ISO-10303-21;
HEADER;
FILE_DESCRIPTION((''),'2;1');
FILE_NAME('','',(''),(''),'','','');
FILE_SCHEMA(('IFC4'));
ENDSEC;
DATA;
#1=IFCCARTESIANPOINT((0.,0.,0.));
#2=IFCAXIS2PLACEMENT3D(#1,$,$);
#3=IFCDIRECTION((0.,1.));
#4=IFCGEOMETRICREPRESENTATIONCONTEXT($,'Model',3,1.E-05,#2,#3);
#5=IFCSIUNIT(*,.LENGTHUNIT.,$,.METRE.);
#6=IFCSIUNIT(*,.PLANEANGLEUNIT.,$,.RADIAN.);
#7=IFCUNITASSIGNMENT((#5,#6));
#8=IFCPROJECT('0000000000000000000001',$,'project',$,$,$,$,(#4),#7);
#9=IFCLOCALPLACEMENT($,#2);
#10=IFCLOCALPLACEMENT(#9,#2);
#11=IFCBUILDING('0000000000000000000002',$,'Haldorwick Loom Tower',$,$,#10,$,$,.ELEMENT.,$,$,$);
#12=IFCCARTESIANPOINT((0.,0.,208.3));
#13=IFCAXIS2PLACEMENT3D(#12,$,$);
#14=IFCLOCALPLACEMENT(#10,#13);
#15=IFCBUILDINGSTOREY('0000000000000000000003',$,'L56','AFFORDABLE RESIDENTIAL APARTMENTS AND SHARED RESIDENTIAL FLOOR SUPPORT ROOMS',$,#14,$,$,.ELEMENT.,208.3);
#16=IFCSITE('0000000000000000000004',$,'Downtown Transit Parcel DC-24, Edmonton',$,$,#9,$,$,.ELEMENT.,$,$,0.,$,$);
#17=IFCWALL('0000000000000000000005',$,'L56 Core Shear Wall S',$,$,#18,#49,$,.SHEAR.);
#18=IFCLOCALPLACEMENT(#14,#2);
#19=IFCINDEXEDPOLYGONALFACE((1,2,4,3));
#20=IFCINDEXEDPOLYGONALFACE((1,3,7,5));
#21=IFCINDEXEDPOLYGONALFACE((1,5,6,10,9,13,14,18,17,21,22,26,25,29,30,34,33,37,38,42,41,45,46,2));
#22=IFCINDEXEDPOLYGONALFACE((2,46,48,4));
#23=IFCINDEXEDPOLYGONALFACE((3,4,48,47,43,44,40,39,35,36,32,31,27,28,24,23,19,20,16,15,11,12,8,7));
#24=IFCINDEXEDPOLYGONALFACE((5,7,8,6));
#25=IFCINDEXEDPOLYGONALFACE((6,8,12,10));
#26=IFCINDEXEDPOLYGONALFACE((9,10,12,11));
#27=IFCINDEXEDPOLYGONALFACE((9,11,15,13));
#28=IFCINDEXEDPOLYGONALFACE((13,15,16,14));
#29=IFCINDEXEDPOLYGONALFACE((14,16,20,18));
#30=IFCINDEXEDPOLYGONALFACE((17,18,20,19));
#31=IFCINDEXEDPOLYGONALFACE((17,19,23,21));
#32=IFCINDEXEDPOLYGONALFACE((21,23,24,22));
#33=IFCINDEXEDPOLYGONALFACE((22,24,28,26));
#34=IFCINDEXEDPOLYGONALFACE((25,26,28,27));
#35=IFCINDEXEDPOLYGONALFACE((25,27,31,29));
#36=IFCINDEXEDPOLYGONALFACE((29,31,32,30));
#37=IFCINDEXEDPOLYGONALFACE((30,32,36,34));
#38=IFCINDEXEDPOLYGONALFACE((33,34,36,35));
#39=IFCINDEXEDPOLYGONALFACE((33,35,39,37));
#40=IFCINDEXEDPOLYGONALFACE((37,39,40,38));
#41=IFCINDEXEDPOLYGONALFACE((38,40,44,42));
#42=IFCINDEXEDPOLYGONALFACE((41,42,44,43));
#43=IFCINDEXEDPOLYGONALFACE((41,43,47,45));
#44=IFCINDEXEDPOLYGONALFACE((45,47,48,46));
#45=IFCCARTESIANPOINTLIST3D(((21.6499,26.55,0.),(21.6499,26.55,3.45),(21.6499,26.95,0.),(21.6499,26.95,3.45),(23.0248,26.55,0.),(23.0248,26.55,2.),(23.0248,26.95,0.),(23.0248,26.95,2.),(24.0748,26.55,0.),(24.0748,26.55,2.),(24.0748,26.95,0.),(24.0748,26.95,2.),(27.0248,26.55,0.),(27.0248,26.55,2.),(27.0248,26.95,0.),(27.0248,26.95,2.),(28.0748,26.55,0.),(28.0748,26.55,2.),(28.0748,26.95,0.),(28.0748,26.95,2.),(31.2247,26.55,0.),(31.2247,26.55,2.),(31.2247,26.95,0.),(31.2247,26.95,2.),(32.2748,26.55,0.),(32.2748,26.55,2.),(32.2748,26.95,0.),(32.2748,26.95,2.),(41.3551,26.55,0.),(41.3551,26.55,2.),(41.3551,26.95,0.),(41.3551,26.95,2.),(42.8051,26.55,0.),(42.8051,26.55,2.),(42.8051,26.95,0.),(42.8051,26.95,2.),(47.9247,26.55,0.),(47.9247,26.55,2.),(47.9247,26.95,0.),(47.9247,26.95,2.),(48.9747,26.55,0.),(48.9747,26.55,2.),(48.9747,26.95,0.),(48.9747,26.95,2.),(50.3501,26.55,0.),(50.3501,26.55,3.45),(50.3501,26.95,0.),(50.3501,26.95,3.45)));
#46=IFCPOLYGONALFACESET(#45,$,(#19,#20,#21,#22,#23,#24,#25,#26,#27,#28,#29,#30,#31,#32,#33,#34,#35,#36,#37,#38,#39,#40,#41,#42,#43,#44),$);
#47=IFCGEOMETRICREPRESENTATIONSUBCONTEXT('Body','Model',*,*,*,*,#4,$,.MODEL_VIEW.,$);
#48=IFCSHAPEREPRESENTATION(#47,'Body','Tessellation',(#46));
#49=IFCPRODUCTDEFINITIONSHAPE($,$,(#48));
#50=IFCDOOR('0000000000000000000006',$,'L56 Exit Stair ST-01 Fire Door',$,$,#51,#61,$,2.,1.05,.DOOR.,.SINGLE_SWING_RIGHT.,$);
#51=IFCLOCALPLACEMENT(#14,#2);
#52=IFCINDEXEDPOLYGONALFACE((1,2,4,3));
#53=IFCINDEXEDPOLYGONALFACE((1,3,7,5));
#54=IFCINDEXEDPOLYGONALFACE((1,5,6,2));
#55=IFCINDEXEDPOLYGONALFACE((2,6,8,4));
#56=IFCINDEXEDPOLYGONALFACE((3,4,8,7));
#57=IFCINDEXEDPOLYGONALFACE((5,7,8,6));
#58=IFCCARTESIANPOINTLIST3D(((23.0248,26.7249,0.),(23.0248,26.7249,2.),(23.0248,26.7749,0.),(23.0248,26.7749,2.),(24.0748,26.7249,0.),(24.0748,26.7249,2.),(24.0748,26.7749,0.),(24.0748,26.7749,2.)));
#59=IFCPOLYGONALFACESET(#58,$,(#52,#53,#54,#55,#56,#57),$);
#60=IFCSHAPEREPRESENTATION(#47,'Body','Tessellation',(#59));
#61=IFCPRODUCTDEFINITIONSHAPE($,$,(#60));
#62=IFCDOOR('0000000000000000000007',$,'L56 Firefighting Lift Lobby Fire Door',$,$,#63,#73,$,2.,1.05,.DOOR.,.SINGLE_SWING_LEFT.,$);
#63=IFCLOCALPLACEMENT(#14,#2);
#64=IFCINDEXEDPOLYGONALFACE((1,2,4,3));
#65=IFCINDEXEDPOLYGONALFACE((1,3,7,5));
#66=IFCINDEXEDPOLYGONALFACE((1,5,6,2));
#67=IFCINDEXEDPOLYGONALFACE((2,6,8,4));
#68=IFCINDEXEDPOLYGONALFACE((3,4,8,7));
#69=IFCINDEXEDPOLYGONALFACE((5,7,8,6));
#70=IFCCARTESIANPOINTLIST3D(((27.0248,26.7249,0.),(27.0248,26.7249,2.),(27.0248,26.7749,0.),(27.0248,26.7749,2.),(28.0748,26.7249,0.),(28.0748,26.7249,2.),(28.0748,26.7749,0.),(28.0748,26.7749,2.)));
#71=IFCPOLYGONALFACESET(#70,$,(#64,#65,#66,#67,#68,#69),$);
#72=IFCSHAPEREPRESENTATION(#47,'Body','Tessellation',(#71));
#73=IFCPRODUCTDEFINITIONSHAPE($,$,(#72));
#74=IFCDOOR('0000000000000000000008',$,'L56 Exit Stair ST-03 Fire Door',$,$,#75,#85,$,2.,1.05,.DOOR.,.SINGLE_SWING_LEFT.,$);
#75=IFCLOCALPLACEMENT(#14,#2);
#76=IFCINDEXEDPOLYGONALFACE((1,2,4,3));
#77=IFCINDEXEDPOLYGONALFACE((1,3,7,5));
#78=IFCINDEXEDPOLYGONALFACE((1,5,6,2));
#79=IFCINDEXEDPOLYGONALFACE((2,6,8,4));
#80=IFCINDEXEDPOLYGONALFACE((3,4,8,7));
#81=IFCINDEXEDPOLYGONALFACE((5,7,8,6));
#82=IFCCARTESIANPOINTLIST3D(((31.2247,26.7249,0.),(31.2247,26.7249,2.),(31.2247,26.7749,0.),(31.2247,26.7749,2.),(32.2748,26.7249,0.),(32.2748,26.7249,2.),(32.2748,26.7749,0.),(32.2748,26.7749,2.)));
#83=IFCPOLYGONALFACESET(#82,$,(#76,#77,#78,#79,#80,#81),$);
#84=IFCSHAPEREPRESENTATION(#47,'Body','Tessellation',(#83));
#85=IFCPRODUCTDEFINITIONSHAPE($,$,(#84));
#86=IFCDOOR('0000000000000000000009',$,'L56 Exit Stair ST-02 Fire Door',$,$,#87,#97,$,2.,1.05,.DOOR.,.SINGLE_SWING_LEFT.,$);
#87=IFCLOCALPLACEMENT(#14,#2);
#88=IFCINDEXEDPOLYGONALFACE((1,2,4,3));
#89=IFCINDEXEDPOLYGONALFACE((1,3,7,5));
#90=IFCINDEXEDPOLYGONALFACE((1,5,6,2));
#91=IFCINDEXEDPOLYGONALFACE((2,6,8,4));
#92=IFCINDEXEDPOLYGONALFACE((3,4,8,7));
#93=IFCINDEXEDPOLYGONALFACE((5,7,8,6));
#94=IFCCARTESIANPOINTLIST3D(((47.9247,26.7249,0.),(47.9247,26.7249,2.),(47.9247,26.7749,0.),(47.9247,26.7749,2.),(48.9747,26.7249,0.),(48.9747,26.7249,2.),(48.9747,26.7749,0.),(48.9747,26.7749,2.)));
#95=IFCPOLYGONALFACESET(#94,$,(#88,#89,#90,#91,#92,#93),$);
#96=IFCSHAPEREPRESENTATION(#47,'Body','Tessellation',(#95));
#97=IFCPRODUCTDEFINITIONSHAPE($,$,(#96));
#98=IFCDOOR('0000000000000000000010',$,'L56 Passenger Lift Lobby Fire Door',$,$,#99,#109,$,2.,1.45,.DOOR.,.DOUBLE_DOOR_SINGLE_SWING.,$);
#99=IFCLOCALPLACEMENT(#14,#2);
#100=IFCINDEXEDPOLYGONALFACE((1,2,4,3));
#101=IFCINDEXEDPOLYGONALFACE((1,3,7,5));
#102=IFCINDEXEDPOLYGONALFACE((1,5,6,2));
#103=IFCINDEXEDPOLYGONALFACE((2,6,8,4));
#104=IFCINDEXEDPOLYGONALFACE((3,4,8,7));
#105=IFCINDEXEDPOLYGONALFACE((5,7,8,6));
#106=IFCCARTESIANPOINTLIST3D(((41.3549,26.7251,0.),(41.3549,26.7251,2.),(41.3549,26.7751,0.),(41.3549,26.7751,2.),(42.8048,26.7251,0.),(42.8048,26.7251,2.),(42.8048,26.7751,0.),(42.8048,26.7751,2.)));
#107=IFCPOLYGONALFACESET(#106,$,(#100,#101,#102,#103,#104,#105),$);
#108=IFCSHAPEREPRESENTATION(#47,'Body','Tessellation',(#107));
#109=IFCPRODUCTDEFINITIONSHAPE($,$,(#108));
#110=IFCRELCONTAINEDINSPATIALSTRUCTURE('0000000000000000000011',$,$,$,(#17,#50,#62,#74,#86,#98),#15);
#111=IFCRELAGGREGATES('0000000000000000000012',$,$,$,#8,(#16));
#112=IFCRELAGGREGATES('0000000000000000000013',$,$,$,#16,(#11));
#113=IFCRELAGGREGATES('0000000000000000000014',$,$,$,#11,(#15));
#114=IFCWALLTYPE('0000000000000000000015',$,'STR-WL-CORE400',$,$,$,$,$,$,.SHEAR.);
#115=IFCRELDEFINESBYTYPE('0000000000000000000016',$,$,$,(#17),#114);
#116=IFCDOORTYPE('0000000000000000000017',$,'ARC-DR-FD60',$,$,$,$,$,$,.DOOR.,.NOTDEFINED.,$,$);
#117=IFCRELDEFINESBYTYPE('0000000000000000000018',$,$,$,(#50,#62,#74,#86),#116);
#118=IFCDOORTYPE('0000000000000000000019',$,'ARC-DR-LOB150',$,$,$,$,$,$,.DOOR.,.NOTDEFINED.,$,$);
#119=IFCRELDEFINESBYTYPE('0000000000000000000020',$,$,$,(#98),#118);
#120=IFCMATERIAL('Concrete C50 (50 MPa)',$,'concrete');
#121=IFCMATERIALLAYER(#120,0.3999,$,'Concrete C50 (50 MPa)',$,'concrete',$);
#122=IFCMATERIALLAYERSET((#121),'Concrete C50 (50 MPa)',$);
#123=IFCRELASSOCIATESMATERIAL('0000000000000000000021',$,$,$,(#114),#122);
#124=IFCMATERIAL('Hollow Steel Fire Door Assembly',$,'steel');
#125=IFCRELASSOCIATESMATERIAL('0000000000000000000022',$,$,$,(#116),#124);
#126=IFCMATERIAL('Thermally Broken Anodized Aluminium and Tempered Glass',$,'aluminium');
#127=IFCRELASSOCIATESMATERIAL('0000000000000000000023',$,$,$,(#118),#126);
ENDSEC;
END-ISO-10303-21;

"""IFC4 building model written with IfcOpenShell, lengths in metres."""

from ifc_helpers import new_model, si_unit, direction, frame, frame_2d, origin, place, context, subcontext, project, spatial, rectangle, extrude, material, layer, layer_set, type_object, element, fill, save


model = new_model("IFC4")

# Units and contexts
model_context = context("Model", 3, precision=1e-05, world=origin(), true_north=direction((0.0, 1.0)))
body_context = subcontext(model_context, "Body", "Model", "MODEL_VIEW")
ifc_project = project(units=[si_unit("LENGTHUNIT", "METRE"), si_unit("PLANEANGLEUNIT", "RADIAN")], contexts=[model_context])

# Site, building, storey
site_placement = place(None, origin())
site = spatial("IfcSite", under=ifc_project, at=site_placement, Name="Downtown Transit Parcel DC-24, Edmonton", CompositionType="ELEMENT", RefElevation=0.0)
building_placement = place(site_placement, origin())
building = spatial("IfcBuilding", under=site, at=building_placement, Name="Haldorwick Loom Tower", CompositionType="ELEMENT")
storey_placement = place(building_placement, frame((0.0, 0.0, 208.3)))
storey = spatial("IfcBuildingStorey", under=building, at=storey_placement, Name="L56", Description="AFFORDABLE RESIDENTIAL APARTMENTS AND SHARED RESIDENTIAL FLOOR SUPPORT ROOMS", CompositionType="ELEMENT", Elevation=208.3)

# Shared definitions
ifc_material_1 = material(Name="Concrete C50 (50 MPa)", Category="concrete")

# Shared definitions
ifc_material_2 = material(Name="Hollow Steel Fire Door Assembly", Category="steel")

# Wall, openings, doors
ifc_layer_1 = layer(ifc_material_1, 0.3999, Name="Concrete C50 (50 MPa)", Category="concrete")
ifc_layer_set_1 = layer_set([ifc_layer_1], Name="Concrete C50 (50 MPa)")
wall_type_1 = type_object("IfcWallType", Name="STR-WL-CORE400", PredefinedType="SHEAR", material=ifc_layer_set_1)
wall_1_placement = place(storey_placement, frame((21.6499, 26.75, 0.0), z_axis=(0.0, 0.0, 1.0), x_axis=(1.0, 0.0, 0.0)))
wall_1 = element("IfcWall", 1, at=wall_1_placement, inside=storey, type_object=wall_type_1, Name="L56 Core Shear Wall S", PredefinedType="SHEAR", context=body_context, shape_type="SweptSolid", body=[
    extrude(rectangle(XDim=28.7002, YDim=0.3999, at=frame_2d((14.3501, 0.0))), origin(), (0.0, 0.0, 1.0), 3.45),
])
opening_1_placement = place(wall_1_placement, frame((1.375, 0.0, 0.0)))
opening_1 = element("IfcOpeningElement", 2, at=opening_1_placement, cuts=wall_1, PredefinedType="OPENING", context=body_context, shape_type="SweptSolid", body=[
    extrude(rectangle(XDim=1.05, YDim=2.0, at=frame_2d((0.5249, 1.0))), frame((0.0, 0.21, 0.0), z_axis=(0.0, -1.0, 0.0), x_axis=(1.0, 0.0, 0.0)), (0.0, 0.0, 1.0), 0.4199),
])
opening_2_placement = place(wall_1_placement, frame((5.375, 0.0, 0.0)))
opening_2 = element("IfcOpeningElement", 3, at=opening_2_placement, cuts=wall_1, PredefinedType="OPENING", context=body_context, shape_type="SweptSolid", body=[
    extrude(rectangle(XDim=1.05, YDim=2.0, at=frame_2d((0.5249, 1.0))), frame((0.0, 0.21, 0.0), z_axis=(0.0, -1.0, 0.0), x_axis=(1.0, 0.0, 0.0)), (0.0, 0.0, 1.0), 0.4199),
])
opening_3_placement = place(wall_1_placement, frame((9.575, 0.0, 0.0)))
opening_3 = element("IfcOpeningElement", 4, at=opening_3_placement, cuts=wall_1, PredefinedType="OPENING", context=body_context, shape_type="SweptSolid", body=[
    extrude(rectangle(XDim=1.05, YDim=2.0, at=frame_2d((0.5249, 1.0))), frame((0.0, 0.21, 0.0), z_axis=(0.0, -1.0, 0.0), x_axis=(1.0, 0.0, 0.0)), (0.0, 0.0, 1.0), 0.4199),
])
opening_4_placement = place(wall_1_placement, frame((19.7051, 0.0, 0.0)))
opening_4 = element("IfcOpeningElement", 5, at=opening_4_placement, cuts=wall_1, PredefinedType="OPENING", context=body_context, shape_type="SweptSolid", body=[
    extrude(rectangle(XDim=1.45, YDim=2.0, at=frame_2d((0.7251, 1.0))), frame((0.0, 0.21, 0.0), z_axis=(0.0, -1.0, 0.0), x_axis=(1.0, 0.0, 0.0)), (0.0, 0.0, 1.0), 0.4199),
])
opening_5_placement = place(wall_1_placement, frame((26.2749, 0.0, 0.0)))
opening_5 = element("IfcOpeningElement", 6, at=opening_5_placement, cuts=wall_1, PredefinedType="OPENING", context=body_context, shape_type="SweptSolid", body=[
    extrude(rectangle(XDim=1.05, YDim=2.0, at=frame_2d((0.5249, 1.0))), frame((0.0, 0.21, 0.0), z_axis=(0.0, -1.0, 0.0), x_axis=(1.0, 0.0, 0.0)), (0.0, 0.0, 1.0), 0.4199),
])
door_type_1 = type_object("IfcDoorType", Name="ARC-DR-FD60", OperationType="NOTDEFINED", PredefinedType="DOOR", material=ifc_material_2)
door_1_placement = place(opening_1_placement, origin())
door_1 = element("IfcDoor", 7, at=door_1_placement, inside=storey, type_object=door_type_1, Name="L56 Exit Stair ST-01 Fire Door", OperationType="SINGLE_SWING_RIGHT", OverallHeight=2.0, OverallWidth=1.05, PredefinedType="DOOR", context=body_context, shape_type="SweptSolid", body=[
    extrude(rectangle(XDim=1.05, YDim=2.0, at=frame_2d((0.5249, 1.0))), frame((0.0, 0.0249, 0.0), z_axis=(0.0, -1.0, 0.0), x_axis=(1.0, 0.0, 0.0)), (0.0, 0.0, 1.0), 0.05),
])
fill(opening_1, door_1)
door_2_placement = place(opening_2_placement, origin())
door_2 = element("IfcDoor", 8, at=door_2_placement, inside=storey, type_object=door_type_1, Name="L56 Firefighting Lift Lobby Fire Door", OperationType="SINGLE_SWING_LEFT", OverallHeight=2.0, OverallWidth=1.05, PredefinedType="DOOR", context=body_context, shape_type="SweptSolid", body=[
    extrude(rectangle(XDim=1.05, YDim=2.0, at=frame_2d((0.5249, 1.0))), frame((0.0, 0.0249, 0.0), z_axis=(0.0, -1.0, 0.0), x_axis=(1.0, 0.0, 0.0)), (0.0, 0.0, 1.0), 0.05),
])
fill(opening_2, door_2)
door_3_placement = place(opening_3_placement, origin())
door_3 = element("IfcDoor", 9, at=door_3_placement, inside=storey, type_object=door_type_1, Name="L56 Exit Stair ST-03 Fire Door", OperationType="SINGLE_SWING_LEFT", OverallHeight=2.0, OverallWidth=1.05, PredefinedType="DOOR", context=body_context, shape_type="SweptSolid", body=[
    extrude(rectangle(XDim=1.05, YDim=2.0, at=frame_2d((0.5249, 1.0))), frame((0.0, 0.0249, 0.0), z_axis=(0.0, -1.0, 0.0), x_axis=(1.0, 0.0, 0.0)), (0.0, 0.0, 1.0), 0.05),
])
fill(opening_3, door_3)
door_4_placement = place(opening_5_placement, origin())
door_4 = element("IfcDoor", 10, at=door_4_placement, inside=storey, type_object=door_type_1, Name="L56 Exit Stair ST-02 Fire Door", OperationType="SINGLE_SWING_LEFT", OverallHeight=2.0, OverallWidth=1.05, PredefinedType="DOOR", context=body_context, shape_type="SweptSolid", body=[
    extrude(rectangle(XDim=1.05, YDim=2.0, at=frame_2d((0.5249, 1.0))), frame((0.0, 0.0249, 0.0), z_axis=(0.0, -1.0, 0.0), x_axis=(1.0, 0.0, 0.0)), (0.0, 0.0, 1.0), 0.05),
])
fill(opening_5, door_4)
ifc_material_3 = material(Name="Thermally Broken Anodized Aluminium and Tempered Glass", Category="aluminium")
door_type_2 = type_object("IfcDoorType", Name="ARC-DR-LOB150", OperationType="NOTDEFINED", PredefinedType="DOOR", material=ifc_material_3)
door_5_placement = place(opening_4_placement, frame((1.45, 0.0, 0.0), z_axis=(0.0, 0.0, 1.0), x_axis=(-1.0, 0.0, 0.0)))
door_5 = element("IfcDoor", 11, at=door_5_placement, inside=storey, type_object=door_type_2, Name="L56 Passenger Lift Lobby Fire Door", OperationType="DOUBLE_DOOR_SINGLE_SWING", OverallHeight=2.0, OverallWidth=1.45, PredefinedType="DOOR", context=body_context, shape_type="SweptSolid", body=[
    extrude(rectangle(XDim=1.45, YDim=2.0, at=frame_2d((0.7251, 1.0))), frame((0.0, 0.0249, 0.0), z_axis=(0.0, -1.0, 0.0), x_axis=(1.0, 0.0, 0.0)), (0.0, 0.0, 1.0), 0.05),
])
fill(opening_4, door_5)

save(model, "model.ifc")
